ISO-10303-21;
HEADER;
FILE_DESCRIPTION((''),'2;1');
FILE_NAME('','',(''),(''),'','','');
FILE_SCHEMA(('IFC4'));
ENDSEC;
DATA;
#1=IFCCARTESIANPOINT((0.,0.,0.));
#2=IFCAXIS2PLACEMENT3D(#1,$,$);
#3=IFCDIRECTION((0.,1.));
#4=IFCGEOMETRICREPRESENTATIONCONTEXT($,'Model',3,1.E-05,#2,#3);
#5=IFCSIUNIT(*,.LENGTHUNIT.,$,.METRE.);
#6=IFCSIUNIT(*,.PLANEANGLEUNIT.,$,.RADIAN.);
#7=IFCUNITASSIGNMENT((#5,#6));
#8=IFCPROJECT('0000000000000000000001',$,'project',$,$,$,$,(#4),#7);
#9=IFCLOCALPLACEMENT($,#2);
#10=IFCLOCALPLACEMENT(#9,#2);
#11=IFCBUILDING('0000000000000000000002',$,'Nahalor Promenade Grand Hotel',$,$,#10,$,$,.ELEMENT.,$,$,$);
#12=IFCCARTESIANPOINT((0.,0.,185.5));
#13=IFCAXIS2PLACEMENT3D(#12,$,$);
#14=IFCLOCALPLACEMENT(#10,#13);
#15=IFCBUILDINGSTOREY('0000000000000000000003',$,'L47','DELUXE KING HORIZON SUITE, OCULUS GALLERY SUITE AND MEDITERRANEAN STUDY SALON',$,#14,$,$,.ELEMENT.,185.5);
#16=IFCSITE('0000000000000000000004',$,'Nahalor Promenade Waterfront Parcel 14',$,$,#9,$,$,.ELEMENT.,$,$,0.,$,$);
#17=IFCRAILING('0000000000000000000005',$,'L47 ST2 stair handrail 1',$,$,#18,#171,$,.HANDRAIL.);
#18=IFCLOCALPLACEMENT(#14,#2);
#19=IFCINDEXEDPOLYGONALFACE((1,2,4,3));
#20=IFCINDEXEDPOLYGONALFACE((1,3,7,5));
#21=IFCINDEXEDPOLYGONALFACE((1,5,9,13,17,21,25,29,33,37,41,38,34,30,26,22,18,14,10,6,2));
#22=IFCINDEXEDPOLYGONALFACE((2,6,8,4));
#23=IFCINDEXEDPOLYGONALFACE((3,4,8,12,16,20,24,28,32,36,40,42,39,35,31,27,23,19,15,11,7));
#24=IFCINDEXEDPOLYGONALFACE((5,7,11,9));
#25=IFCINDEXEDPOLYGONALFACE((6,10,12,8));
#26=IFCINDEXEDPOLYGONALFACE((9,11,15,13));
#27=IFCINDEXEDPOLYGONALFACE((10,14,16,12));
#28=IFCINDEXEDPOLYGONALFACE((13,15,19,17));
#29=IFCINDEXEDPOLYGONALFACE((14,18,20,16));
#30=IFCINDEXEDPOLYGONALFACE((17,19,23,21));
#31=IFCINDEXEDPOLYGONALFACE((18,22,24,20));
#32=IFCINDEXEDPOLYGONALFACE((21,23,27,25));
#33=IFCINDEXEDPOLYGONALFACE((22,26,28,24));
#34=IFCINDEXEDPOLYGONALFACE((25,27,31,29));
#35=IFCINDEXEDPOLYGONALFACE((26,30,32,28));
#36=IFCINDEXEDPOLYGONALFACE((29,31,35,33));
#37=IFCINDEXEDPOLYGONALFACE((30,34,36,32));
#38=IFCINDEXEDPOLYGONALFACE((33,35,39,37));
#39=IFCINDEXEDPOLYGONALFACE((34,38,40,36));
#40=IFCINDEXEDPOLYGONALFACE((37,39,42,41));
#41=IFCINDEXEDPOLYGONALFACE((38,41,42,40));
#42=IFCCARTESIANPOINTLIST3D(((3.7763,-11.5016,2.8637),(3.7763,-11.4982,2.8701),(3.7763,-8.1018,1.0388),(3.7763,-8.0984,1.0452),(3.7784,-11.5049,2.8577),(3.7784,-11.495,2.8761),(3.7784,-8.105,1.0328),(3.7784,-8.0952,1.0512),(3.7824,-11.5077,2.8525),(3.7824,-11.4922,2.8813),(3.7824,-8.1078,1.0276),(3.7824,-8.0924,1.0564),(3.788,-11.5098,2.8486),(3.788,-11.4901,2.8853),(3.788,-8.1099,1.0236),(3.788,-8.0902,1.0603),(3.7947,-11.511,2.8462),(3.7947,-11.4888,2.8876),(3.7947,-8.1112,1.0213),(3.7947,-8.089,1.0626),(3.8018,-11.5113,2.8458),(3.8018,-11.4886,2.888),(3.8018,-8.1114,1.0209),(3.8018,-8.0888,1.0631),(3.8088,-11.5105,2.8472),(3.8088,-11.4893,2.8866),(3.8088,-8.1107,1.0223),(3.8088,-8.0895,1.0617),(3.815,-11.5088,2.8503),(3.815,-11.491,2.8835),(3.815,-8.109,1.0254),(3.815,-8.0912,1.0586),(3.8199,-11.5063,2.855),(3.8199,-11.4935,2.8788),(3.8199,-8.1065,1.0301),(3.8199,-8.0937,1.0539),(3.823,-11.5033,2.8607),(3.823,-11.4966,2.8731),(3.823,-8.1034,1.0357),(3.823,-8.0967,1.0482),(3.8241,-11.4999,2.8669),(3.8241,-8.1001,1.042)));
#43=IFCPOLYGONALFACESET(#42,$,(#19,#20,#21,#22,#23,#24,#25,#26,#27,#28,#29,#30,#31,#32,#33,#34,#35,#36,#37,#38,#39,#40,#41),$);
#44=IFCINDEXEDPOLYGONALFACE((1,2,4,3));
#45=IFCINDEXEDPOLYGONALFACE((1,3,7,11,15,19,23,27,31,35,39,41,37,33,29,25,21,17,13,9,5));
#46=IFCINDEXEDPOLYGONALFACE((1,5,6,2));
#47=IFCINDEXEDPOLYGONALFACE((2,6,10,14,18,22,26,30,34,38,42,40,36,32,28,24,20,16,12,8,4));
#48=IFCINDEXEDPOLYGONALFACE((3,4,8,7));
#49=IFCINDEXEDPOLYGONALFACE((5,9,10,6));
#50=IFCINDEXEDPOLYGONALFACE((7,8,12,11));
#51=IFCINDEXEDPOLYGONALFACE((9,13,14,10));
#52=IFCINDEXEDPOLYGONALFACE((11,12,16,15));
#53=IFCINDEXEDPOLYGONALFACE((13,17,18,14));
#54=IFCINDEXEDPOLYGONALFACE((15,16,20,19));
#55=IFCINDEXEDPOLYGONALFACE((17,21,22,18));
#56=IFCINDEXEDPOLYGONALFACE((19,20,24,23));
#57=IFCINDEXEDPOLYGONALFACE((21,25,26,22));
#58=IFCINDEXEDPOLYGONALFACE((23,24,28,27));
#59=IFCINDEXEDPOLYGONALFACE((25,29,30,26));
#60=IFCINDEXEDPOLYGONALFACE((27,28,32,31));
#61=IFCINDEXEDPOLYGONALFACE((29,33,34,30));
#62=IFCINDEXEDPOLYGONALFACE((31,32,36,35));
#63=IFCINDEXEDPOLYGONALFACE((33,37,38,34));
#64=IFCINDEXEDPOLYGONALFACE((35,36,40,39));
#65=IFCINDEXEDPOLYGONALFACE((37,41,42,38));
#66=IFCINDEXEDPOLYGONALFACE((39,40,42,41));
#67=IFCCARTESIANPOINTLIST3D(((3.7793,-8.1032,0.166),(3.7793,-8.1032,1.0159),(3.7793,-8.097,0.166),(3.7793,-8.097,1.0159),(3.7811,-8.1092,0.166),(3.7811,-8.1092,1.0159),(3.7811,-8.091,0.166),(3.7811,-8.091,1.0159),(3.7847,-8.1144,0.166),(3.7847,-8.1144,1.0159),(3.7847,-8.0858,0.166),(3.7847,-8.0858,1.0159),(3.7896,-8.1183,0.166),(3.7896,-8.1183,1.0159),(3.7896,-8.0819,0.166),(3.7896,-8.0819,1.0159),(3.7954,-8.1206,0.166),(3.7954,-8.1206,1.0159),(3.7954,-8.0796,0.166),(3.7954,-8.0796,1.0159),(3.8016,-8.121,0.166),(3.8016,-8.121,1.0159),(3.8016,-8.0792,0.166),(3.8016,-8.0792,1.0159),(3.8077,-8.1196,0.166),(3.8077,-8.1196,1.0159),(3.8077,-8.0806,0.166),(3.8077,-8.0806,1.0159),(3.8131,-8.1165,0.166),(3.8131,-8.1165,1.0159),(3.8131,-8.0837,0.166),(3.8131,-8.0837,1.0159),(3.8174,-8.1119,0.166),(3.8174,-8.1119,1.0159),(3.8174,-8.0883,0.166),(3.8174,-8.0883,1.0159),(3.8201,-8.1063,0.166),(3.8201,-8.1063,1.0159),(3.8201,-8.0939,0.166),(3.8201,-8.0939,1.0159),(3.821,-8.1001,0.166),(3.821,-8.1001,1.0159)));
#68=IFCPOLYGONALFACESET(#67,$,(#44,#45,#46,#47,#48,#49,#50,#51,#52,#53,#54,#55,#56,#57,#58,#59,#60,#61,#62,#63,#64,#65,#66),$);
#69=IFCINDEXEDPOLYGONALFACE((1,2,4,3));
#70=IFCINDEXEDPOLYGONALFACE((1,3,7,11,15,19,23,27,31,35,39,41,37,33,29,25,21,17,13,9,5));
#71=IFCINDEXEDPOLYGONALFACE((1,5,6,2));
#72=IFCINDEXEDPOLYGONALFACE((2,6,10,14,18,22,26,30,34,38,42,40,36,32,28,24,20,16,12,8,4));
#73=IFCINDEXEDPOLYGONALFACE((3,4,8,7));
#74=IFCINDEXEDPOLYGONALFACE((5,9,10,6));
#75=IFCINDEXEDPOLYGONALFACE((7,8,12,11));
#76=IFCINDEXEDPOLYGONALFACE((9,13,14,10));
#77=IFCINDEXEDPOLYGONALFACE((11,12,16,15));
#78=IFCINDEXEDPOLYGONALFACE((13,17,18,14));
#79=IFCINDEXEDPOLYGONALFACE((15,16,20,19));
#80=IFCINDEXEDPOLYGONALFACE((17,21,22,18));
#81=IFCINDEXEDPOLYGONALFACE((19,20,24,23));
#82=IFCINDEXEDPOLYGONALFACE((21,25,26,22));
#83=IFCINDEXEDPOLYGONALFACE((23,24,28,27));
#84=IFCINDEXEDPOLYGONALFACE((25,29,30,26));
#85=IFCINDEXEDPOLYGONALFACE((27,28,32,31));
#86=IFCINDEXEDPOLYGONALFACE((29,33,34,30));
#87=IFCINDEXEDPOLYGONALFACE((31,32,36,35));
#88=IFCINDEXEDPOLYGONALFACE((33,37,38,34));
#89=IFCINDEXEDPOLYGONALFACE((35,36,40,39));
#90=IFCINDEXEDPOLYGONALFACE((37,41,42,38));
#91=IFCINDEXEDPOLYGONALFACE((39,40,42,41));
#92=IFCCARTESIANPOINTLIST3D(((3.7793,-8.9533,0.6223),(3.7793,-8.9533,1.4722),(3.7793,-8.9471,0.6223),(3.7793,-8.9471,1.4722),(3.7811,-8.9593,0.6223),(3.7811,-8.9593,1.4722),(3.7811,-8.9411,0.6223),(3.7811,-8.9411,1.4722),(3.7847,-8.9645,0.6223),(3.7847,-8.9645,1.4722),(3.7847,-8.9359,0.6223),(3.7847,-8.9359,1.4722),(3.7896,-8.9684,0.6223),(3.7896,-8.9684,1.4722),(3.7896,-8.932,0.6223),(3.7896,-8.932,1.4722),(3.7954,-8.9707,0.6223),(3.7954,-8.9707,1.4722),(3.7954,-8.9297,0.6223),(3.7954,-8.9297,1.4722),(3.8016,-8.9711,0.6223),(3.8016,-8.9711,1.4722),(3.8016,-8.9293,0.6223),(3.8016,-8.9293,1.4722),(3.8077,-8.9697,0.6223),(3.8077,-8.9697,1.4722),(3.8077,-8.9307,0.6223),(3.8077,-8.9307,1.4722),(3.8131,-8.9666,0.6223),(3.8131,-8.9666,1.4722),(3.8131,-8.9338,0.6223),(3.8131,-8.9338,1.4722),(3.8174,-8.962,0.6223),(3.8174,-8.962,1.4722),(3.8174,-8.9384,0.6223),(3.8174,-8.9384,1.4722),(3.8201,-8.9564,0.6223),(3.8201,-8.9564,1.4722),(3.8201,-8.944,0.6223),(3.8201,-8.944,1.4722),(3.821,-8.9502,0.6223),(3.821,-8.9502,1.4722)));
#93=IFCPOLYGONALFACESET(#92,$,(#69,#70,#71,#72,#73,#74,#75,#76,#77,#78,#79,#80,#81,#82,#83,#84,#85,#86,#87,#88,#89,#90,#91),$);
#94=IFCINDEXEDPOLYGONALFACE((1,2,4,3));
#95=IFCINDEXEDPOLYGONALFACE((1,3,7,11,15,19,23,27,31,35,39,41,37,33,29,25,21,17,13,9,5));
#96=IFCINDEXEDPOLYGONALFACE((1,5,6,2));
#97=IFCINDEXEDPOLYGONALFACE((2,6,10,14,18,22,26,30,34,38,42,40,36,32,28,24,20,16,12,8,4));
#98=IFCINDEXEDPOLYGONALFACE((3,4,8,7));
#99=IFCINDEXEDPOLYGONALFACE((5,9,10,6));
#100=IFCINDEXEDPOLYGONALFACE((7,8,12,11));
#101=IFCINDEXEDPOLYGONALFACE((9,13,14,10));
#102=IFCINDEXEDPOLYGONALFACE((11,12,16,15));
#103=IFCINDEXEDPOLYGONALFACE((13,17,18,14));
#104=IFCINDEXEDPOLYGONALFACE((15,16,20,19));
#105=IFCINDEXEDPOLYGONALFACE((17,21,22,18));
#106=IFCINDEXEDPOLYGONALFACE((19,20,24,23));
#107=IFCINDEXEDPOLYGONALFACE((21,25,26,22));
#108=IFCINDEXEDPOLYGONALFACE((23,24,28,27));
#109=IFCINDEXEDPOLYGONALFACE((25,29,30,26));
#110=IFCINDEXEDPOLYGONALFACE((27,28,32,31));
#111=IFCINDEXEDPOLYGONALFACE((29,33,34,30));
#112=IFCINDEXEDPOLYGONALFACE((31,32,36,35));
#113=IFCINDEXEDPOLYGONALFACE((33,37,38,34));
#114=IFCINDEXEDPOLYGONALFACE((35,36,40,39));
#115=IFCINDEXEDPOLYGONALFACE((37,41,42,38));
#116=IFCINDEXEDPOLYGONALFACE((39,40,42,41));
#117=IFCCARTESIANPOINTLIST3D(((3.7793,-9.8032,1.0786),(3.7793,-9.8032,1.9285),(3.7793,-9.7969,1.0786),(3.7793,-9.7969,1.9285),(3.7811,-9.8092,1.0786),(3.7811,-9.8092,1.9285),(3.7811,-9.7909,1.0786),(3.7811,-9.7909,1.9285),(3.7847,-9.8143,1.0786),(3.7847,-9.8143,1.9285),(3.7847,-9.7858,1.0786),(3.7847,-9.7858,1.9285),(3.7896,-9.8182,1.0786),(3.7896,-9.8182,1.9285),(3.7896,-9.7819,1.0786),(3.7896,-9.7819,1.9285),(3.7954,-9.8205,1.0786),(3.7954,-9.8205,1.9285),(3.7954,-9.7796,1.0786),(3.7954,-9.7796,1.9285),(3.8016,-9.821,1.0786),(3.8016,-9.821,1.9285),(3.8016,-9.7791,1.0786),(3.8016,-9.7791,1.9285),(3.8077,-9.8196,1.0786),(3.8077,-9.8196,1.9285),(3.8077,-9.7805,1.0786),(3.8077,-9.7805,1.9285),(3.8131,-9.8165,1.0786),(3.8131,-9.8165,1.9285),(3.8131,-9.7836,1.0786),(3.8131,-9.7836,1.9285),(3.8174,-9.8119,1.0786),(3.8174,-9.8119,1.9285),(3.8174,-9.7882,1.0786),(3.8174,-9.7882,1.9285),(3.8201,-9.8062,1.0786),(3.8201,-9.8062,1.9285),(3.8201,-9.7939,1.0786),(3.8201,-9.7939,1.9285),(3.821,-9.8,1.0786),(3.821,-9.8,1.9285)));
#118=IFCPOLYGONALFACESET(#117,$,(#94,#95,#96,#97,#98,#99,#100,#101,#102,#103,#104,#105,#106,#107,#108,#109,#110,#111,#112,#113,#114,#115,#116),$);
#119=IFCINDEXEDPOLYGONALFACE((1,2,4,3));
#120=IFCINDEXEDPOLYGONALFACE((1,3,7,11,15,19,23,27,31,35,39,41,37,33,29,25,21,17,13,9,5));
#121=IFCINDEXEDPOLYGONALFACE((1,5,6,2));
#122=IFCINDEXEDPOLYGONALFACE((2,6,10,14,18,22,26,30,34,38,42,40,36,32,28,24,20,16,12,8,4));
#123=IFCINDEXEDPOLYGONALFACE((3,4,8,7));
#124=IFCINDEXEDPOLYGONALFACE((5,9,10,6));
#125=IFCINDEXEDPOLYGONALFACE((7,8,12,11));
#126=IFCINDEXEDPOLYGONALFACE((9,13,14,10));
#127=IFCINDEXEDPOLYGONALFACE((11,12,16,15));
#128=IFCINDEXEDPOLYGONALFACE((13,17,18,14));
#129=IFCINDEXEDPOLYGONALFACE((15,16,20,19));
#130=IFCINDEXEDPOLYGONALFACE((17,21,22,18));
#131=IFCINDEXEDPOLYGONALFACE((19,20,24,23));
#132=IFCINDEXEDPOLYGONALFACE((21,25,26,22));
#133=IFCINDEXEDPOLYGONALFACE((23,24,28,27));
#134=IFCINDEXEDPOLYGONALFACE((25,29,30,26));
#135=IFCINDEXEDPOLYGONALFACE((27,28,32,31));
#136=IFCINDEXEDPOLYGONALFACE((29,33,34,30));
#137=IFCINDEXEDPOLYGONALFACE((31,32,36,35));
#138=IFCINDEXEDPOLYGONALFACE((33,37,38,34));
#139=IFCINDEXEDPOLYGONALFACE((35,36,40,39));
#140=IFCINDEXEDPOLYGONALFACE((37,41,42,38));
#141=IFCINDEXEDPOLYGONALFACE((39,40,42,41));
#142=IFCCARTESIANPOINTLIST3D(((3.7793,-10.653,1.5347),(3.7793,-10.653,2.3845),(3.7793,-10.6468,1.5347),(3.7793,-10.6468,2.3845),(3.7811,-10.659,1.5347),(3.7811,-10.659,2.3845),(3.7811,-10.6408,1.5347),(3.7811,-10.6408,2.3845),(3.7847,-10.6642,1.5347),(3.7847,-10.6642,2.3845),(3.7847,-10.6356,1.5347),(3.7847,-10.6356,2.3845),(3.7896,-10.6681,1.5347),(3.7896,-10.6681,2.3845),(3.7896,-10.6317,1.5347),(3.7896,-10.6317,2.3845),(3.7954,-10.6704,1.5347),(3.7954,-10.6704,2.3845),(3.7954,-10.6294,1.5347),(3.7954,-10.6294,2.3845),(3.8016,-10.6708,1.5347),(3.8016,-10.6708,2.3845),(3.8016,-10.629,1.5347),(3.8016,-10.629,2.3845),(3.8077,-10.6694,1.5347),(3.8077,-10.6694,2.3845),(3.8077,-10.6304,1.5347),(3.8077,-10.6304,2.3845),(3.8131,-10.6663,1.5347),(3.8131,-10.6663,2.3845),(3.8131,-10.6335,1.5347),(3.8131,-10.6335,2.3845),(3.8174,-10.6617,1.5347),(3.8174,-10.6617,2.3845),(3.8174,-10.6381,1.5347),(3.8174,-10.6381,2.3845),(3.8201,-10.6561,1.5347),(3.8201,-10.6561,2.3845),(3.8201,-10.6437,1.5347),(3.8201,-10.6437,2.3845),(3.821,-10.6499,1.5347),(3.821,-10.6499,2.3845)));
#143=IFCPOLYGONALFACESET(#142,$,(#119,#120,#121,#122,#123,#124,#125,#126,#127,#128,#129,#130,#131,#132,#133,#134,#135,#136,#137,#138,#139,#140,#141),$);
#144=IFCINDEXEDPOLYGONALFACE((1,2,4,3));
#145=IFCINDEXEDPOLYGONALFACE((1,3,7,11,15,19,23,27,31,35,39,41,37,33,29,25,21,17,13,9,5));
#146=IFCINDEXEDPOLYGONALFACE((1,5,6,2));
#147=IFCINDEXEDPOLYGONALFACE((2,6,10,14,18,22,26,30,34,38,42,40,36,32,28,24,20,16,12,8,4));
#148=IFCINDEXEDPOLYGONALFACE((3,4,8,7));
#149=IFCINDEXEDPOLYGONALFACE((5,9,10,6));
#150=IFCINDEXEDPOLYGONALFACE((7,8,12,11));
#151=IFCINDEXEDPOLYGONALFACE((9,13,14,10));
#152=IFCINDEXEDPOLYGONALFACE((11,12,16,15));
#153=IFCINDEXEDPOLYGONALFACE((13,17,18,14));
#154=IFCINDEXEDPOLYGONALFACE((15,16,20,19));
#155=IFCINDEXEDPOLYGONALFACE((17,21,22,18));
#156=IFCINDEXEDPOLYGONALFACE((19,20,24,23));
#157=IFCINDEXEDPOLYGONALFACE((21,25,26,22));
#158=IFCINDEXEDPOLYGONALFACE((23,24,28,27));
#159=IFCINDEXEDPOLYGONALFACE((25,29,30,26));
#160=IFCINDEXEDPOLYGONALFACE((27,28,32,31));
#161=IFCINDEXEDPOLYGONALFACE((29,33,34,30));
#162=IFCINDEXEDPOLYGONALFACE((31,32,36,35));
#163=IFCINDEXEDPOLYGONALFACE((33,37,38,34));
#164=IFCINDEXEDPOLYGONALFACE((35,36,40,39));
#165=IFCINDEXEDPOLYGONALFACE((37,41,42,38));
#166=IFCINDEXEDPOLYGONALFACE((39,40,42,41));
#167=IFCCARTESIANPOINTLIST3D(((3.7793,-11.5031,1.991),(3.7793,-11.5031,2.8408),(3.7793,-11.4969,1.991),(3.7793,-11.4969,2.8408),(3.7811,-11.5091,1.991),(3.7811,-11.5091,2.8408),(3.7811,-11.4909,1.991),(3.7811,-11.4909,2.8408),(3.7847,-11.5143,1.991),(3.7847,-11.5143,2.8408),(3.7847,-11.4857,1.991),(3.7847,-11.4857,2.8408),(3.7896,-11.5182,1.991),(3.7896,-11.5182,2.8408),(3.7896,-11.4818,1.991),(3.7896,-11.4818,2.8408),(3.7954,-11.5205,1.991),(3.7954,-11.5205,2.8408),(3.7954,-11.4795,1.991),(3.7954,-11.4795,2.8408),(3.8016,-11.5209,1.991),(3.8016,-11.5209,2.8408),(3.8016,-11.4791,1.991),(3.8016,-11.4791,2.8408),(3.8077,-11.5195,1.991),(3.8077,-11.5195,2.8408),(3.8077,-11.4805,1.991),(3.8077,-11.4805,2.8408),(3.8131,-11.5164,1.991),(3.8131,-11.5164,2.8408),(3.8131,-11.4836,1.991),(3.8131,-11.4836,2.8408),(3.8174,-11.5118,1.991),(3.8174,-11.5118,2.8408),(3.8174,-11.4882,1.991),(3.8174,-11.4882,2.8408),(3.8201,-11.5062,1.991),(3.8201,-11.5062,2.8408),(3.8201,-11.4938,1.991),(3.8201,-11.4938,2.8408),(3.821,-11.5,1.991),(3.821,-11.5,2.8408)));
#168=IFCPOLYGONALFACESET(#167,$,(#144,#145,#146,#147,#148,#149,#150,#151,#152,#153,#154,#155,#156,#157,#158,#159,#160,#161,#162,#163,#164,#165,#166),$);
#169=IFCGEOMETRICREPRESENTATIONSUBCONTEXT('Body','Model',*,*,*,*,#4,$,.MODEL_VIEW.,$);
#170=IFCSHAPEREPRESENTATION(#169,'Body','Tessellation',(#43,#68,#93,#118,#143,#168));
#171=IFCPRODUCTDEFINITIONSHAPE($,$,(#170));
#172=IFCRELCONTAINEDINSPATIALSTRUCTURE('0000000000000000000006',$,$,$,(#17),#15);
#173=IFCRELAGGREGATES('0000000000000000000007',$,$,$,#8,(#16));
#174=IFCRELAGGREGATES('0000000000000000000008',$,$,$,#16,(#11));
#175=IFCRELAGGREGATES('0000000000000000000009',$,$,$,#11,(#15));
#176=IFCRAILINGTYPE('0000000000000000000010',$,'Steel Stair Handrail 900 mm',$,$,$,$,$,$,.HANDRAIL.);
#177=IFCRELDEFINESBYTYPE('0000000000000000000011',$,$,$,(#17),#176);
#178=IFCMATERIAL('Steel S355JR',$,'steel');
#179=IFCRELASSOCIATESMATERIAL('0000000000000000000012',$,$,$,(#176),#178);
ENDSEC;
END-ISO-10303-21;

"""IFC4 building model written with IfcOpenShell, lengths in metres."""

from ifc_helpers import new_model, si_unit, direction, frame, origin, origin_2d, place, context, subcontext, project, spatial, circle, extrude, material, type_object, element, save


model = new_model("IFC4")

# Units and contexts
model_context = context("Model", 3, precision=1e-05, world=origin(), true_north=direction((0.0, 1.0)))
body_context = subcontext(model_context, "Body", "Model", "MODEL_VIEW")
ifc_project = project(units=[si_unit("LENGTHUNIT", "METRE"), si_unit("PLANEANGLEUNIT", "RADIAN")], contexts=[model_context])

# Site, building, storey
site_placement = place(None, origin())
site = spatial("IfcSite", under=ifc_project, at=site_placement, Name="Nahalor Promenade Waterfront Parcel 14", CompositionType="ELEMENT", RefElevation=0.0)
building_placement = place(site_placement, origin())
building = spatial("IfcBuilding", under=site, at=building_placement, Name="Nahalor Promenade Grand Hotel", CompositionType="ELEMENT")
storey_placement = place(building_placement, frame((0.0, 0.0, 185.5)))
storey = spatial("IfcBuildingStorey", under=building, at=storey_placement, Name="L47", Description="DELUXE KING HORIZON SUITE, OCULUS GALLERY SUITE AND MEDITERRANEAN STUDY SALON", CompositionType="ELEMENT", Elevation=185.5)

# Shared definitions
ifc_material_1 = material(Name="Steel S355JR", Category="steel")

# Railing
railing_type_1 = type_object("IfcRailingType", Name="Steel Stair Handrail 900 mm", PredefinedType="HANDRAIL", material=ifc_material_1)
railing_1_placement = place(storey_placement, frame((3.8, -8.1001, 0.166)))
element("IfcRailing", 1, at=railing_1_placement, inside=storey, type_object=railing_type_1, Name="L47 ST2 stair handrail 1", PredefinedType="HANDRAIL", context=body_context, shape_type="SweptSolid", body=[
    extrude(circle(Radius=0.024, at=origin_2d()), frame((0.0, 0.0, 0.876), z_axis=(0.0, -0.881094, 0.472941), x_axis=(1.0, 0.0, 0.0)), (0.0, 0.0, 1.0), 3.8586),
    extrude(circle(Radius=0.021, at=origin_2d()), origin(), (0.0, 0.0, 1.0), 0.8499),
    extrude(circle(Radius=0.021, at=origin_2d()), frame((0.0, -0.8501, 0.4563)), (0.0, 0.0, 1.0), 0.8499),
    extrude(circle(Radius=0.021, at=origin_2d()), frame((0.0, -1.7, 0.9126)), (0.0, 0.0, 1.0), 0.8499),
    extrude(circle(Radius=0.021, at=origin_2d()), frame((0.0, -2.5498, 1.3687)), (0.0, 0.0, 1.0), 0.8499),
    extrude(circle(Radius=0.021, at=origin_2d()), frame((0.0, -3.3999, 1.825)), (0.0, 0.0, 1.0), 0.8499),
])

save(model, "model.ifc")
